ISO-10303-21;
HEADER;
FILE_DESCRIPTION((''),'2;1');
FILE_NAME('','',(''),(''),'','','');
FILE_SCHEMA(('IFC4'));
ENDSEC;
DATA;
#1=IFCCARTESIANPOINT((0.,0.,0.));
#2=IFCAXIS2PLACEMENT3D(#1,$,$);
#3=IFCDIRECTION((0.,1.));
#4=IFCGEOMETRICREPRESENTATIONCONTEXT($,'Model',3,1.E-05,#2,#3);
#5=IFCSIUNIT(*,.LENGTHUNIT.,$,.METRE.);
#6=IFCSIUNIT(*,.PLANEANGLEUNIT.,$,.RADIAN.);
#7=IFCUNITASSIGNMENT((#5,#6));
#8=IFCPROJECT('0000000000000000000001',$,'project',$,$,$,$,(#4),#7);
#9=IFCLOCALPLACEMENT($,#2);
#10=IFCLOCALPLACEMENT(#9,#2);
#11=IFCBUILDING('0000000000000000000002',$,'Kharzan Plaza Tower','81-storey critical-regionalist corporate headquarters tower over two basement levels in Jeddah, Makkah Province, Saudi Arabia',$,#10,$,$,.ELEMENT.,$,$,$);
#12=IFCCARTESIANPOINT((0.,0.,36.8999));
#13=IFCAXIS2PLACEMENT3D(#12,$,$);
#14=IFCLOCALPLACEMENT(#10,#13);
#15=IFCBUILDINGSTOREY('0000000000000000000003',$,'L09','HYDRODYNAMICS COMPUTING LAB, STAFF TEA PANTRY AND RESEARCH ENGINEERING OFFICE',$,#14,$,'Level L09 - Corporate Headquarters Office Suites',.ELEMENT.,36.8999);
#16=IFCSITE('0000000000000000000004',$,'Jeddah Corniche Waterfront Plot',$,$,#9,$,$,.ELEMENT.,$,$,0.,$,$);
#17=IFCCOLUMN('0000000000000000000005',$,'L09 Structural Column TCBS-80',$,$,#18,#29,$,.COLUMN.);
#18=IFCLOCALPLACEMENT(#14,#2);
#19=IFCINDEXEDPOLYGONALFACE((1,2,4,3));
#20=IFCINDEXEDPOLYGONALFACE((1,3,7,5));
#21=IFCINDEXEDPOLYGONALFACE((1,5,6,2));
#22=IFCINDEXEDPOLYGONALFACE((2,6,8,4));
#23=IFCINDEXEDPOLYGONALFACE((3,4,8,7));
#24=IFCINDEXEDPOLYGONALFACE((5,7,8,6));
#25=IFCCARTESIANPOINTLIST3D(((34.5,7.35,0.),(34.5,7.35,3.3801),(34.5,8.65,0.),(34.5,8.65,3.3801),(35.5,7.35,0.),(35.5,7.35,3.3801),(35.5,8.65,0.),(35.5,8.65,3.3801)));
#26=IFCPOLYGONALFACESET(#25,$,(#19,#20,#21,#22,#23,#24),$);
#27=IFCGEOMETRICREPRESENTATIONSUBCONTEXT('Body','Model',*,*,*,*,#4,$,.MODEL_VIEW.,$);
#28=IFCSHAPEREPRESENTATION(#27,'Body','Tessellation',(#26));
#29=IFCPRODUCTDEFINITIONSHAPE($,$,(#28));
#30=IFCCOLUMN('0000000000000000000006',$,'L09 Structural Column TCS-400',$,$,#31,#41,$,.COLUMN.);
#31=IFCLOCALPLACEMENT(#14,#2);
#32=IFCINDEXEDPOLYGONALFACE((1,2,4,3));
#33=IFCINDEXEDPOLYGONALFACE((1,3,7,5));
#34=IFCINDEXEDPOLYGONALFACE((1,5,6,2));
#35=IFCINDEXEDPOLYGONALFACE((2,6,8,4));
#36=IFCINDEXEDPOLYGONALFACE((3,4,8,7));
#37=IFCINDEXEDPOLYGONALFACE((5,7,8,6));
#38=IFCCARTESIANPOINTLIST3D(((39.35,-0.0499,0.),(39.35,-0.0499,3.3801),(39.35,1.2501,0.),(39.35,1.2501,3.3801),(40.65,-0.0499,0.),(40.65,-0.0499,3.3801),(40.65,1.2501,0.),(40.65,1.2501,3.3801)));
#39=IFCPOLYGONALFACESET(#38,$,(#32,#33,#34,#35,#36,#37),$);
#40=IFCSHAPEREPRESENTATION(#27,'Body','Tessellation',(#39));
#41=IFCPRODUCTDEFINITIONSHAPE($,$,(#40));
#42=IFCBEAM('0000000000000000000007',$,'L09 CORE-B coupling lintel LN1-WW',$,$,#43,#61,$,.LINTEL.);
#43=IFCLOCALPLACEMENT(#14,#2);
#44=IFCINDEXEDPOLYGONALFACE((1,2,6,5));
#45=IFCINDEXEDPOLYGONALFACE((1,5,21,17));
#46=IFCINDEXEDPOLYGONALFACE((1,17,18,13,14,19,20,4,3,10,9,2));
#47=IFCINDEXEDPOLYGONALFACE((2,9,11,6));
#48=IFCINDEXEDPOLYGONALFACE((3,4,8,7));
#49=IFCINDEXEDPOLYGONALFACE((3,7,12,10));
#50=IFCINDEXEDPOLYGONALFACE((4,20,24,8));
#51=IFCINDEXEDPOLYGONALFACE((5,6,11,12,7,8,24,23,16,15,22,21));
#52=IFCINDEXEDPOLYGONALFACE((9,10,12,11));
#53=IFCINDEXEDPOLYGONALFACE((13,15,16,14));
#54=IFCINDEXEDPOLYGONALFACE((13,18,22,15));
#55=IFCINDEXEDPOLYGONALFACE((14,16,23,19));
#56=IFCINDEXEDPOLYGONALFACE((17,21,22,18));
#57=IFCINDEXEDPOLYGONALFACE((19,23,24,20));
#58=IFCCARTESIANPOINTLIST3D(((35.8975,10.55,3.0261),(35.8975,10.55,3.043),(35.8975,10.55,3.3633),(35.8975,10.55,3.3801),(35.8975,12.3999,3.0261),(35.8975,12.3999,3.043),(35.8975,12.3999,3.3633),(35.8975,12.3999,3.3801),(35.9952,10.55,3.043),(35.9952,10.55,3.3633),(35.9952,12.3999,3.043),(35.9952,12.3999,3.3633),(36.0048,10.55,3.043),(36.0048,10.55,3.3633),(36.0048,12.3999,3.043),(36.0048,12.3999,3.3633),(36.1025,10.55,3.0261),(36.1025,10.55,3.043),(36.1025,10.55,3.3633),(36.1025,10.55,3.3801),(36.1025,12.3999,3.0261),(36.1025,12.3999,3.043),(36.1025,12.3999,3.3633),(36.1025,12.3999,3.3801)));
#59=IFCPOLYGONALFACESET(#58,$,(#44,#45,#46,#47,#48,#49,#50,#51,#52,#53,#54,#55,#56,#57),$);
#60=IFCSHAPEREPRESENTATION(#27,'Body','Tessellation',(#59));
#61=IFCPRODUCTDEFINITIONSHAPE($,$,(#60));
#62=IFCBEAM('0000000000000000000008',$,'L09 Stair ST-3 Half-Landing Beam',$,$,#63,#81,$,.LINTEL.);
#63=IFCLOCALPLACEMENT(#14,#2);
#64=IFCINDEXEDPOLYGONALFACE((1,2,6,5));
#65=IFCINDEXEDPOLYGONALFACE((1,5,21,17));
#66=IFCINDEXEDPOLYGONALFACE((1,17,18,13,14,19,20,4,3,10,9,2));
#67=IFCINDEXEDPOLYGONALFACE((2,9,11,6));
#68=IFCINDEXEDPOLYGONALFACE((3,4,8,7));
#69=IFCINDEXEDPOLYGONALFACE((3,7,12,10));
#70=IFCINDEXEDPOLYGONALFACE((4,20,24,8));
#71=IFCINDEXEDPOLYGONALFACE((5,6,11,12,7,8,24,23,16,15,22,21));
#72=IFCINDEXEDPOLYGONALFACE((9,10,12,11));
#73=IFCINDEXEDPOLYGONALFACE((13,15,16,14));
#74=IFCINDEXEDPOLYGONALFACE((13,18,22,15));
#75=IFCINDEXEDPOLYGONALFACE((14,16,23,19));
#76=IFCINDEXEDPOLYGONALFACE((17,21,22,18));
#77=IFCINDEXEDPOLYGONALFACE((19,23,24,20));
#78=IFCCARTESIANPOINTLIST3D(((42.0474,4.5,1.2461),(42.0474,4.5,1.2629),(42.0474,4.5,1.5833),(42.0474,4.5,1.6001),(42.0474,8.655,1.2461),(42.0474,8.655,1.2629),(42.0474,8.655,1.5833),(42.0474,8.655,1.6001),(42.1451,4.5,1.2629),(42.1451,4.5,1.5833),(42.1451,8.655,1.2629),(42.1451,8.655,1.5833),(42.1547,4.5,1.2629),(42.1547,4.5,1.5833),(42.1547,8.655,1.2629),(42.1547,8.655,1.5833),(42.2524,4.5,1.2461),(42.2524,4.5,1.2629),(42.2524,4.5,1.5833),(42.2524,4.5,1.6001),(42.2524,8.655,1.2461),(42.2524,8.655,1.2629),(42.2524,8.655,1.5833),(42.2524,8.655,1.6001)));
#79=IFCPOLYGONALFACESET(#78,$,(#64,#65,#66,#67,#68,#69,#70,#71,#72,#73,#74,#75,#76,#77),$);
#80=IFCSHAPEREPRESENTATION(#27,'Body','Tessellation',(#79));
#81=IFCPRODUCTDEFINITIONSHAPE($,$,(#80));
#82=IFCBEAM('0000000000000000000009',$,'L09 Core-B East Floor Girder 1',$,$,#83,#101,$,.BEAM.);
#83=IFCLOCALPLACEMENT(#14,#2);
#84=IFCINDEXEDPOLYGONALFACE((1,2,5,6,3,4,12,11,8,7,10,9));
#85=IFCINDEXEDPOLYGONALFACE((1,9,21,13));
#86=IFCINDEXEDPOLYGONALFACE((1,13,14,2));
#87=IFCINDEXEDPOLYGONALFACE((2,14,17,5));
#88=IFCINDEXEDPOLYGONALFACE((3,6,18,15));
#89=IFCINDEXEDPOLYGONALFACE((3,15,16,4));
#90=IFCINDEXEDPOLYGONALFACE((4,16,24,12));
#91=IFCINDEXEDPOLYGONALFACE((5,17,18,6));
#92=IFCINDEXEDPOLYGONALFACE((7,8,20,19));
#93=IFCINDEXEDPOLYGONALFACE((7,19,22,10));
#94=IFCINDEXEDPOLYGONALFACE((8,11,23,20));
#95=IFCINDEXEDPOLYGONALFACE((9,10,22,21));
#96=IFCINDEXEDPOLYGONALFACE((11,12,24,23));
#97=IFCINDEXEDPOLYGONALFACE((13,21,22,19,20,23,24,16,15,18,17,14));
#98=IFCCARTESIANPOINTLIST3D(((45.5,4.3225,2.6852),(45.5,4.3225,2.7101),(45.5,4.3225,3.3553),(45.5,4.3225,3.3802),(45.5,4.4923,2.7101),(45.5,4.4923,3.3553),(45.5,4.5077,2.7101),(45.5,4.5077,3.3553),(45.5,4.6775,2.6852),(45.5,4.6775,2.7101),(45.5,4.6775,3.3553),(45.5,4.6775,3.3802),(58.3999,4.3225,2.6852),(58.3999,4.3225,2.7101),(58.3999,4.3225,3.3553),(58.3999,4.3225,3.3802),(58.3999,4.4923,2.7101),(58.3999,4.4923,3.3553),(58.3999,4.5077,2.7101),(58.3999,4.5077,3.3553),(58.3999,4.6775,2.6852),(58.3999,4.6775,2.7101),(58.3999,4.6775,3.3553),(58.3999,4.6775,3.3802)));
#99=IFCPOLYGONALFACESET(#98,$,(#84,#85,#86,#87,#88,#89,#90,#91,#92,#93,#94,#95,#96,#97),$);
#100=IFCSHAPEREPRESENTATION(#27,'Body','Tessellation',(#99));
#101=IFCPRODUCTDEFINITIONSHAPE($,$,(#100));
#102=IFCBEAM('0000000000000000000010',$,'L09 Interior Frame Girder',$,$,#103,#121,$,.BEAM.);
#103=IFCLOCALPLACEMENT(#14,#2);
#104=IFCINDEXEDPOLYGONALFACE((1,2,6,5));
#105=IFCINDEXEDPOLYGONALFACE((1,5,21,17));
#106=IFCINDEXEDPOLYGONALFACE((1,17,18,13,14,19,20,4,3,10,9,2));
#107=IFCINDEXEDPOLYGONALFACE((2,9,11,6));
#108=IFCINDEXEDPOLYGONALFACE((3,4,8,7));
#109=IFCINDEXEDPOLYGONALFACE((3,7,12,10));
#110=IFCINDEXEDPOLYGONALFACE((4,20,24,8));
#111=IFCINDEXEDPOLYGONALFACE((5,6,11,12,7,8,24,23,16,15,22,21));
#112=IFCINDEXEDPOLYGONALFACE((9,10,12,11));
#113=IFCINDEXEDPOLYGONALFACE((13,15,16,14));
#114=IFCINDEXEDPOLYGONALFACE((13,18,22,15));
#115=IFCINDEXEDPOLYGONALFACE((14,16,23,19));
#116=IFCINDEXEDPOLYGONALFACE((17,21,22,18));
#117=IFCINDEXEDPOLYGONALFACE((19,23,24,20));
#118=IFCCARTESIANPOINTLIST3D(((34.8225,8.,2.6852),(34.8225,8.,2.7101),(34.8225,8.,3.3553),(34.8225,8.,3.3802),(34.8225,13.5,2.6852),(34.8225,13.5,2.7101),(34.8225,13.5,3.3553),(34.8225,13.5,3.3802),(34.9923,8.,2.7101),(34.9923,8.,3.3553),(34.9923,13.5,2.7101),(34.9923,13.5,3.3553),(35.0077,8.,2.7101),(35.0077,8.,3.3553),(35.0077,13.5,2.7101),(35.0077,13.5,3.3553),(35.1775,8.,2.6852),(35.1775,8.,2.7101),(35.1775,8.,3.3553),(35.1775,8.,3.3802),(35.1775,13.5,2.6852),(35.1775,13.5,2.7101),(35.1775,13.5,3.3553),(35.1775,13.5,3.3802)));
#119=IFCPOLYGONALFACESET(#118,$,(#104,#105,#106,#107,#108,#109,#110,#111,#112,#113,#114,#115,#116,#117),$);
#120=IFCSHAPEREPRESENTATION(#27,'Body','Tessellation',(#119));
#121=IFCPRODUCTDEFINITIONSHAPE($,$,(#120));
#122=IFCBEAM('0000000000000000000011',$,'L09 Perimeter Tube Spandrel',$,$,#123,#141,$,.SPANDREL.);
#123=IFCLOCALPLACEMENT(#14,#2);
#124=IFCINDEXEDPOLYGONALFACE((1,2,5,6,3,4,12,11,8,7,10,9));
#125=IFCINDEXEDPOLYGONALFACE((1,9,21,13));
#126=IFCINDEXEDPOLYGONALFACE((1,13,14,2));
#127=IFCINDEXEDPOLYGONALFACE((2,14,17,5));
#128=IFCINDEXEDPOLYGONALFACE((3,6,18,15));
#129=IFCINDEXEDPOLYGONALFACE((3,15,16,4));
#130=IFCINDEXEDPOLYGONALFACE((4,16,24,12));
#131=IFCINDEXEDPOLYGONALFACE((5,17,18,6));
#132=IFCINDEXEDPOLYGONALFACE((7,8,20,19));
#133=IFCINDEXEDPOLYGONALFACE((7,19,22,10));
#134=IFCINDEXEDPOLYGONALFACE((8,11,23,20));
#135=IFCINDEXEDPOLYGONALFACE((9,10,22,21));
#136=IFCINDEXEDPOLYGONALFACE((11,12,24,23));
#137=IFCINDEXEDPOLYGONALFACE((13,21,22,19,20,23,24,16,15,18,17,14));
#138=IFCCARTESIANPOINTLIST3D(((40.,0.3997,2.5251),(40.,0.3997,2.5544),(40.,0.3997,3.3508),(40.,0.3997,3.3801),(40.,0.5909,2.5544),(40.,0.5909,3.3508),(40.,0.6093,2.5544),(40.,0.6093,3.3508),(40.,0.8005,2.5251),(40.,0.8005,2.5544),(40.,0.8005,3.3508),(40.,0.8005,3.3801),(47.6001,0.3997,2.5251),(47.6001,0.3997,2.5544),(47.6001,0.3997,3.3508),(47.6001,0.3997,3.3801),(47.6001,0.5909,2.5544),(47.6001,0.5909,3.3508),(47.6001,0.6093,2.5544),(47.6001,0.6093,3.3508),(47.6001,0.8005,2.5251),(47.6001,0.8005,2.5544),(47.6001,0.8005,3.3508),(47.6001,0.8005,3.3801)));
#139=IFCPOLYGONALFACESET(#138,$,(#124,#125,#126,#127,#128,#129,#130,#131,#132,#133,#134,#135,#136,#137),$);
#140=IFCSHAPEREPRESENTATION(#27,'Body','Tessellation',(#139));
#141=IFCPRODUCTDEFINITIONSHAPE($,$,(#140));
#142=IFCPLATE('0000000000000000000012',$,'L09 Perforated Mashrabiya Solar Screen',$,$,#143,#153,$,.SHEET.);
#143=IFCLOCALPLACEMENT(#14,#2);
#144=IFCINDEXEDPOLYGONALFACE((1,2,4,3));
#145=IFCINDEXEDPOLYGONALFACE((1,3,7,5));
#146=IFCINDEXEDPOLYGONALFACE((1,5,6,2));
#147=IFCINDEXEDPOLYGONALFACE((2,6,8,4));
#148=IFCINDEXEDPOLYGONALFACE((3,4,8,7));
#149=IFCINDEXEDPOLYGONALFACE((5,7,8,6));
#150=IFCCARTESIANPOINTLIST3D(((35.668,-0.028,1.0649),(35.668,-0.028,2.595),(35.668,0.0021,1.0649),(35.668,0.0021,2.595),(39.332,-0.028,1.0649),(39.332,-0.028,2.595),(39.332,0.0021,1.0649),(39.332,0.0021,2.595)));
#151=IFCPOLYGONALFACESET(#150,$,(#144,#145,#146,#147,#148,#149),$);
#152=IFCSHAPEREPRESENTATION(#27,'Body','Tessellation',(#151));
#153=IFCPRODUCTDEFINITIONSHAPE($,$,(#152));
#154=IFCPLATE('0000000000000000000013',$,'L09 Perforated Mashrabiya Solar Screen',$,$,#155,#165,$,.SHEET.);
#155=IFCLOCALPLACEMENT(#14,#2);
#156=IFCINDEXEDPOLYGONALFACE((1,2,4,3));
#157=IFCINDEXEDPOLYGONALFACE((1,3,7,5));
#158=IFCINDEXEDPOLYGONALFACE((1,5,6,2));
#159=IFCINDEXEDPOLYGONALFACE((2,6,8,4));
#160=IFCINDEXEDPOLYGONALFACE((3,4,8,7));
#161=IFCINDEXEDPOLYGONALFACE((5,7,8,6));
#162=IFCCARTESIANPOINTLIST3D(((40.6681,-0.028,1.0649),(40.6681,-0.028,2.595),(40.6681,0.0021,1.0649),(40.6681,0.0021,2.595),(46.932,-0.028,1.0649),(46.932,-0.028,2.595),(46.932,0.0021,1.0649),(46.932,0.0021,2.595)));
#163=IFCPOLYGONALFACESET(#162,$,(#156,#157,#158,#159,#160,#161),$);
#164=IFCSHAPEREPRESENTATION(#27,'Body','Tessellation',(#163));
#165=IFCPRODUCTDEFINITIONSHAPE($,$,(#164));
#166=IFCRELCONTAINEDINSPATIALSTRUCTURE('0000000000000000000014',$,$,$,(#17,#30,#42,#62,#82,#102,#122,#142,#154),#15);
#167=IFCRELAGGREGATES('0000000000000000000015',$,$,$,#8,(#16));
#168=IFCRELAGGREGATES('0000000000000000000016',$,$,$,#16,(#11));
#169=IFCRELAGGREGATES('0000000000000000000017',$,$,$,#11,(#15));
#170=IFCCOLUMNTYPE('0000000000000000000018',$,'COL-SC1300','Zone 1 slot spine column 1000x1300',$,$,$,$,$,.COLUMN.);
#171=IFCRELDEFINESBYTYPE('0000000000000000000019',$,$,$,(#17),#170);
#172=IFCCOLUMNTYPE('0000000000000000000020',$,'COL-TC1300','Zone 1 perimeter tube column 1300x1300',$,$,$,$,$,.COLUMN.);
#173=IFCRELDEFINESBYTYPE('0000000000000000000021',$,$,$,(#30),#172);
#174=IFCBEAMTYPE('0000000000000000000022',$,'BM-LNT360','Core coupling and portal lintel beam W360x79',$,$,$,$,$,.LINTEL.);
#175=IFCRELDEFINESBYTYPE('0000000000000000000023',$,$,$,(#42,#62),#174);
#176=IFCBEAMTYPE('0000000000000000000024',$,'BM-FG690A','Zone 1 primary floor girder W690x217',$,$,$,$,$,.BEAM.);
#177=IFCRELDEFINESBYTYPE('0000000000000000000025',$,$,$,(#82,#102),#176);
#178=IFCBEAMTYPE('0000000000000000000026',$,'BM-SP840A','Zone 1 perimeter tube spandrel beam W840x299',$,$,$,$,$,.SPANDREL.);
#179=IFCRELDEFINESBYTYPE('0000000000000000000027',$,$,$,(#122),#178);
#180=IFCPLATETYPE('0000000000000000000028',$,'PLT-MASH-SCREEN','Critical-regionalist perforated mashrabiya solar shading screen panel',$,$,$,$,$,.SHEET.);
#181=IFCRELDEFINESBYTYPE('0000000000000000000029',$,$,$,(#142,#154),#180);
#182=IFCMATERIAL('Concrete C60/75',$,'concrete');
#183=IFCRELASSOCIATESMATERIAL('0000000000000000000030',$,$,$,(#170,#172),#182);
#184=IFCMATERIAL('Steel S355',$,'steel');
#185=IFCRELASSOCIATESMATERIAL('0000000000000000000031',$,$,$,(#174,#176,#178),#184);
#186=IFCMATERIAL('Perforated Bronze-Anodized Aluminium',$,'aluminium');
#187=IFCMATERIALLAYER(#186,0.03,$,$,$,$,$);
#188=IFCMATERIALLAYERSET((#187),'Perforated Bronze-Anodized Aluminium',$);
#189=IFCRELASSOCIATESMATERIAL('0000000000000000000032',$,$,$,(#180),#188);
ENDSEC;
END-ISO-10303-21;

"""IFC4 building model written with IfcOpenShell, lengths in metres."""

from ifc_helpers import new_model, si_unit, direction, frame, origin, origin_2d, place, context, subcontext, project, spatial, rectangle, i_section, extrude, source, transform, mapped, material, layer, layer_set, material_profile, profile_set, type_object, element, save


model = new_model("IFC4")

# Units and contexts
model_context = context("Model", 3, precision=1e-05, world=origin(), true_north=direction((0.0, 1.0)))
body_context = subcontext(model_context, "Body", "Model", "MODEL_VIEW")
ifc_project = project(units=[si_unit("LENGTHUNIT", "METRE"), si_unit("PLANEANGLEUNIT", "RADIAN")], contexts=[model_context])

# Site, building, storey
site_placement = place(None, origin())
site = spatial("IfcSite", under=ifc_project, at=site_placement, Name="Jeddah Corniche Waterfront Plot", CompositionType="ELEMENT", RefElevation=0.0)
building_placement = place(site_placement, origin())
building = spatial("IfcBuilding", under=site, at=building_placement, Name="Kharzan Plaza Tower", Description="81-storey critical-regionalist corporate headquarters tower over two basement levels in Jeddah, Makkah Province, Saudi Arabia", CompositionType="ELEMENT")
storey_placement = place(building_placement, frame((0.0, 0.0, 36.8999)))
storey = spatial("IfcBuildingStorey", under=building, at=storey_placement, Name="L09", Description="HYDRODYNAMICS COMPUTING LAB, STAFF TEA PANTRY AND RESEARCH ENGINEERING OFFICE", LongName="Level L09 - Corporate Headquarters Office Suites", CompositionType="ELEMENT", Elevation=36.8999)

# Columns
ifc_material_1 = material(Name="Concrete C60/75", Category="concrete")
ifc_material_profile_1 = material_profile(ifc_material_1, rectangle(XDim=1.0, YDim=1.3, at=origin_2d()), Name="RC-SC1300x1000")
ifc_profile_set_1 = profile_set([ifc_material_profile_1], Name="Concrete C60/75")
column_type_1 = type_object("IfcColumnType", Name="COL-SC1300", Description="Zone 1 slot spine column 1000x1300", PredefinedType="COLUMN", material=ifc_profile_set_1)
shared_shape_1 = source(origin(), body_context, "Body", "SweptSolid", [
    extrude(rectangle(XDim=1.0, YDim=1.3, at=origin_2d()), origin(), (0.0, 0.0, 1.0), 3.3801),
])
column_1_placement = place(storey_placement, frame((35.0, 8.0, 0.0), z_axis=(0.0, 0.0, 1.0), x_axis=(1.0, 0.0, 0.0)))
element("IfcColumn", 1, at=column_1_placement, inside=storey, type_object=column_type_1, Name="L09 Structural Column TCBS-80", PredefinedType="COLUMN", context=body_context, shape_type="MappedRepresentation", body=[
    mapped(shared_shape_1, transform((0.0, 0.0, 0.0), x_axis=(1.0, 0.0, 0.0), y_axis=(0.0, 1.0, 0.0), z_axis=(0.0, 0.0, 1.0))),
])
ifc_material_profile_2 = material_profile(ifc_material_1, rectangle(XDim=1.3, YDim=1.3, at=origin_2d()), Name="RC-TC1300x1300")
ifc_profile_set_2 = profile_set([ifc_material_profile_2], Name="Concrete C60/75")
column_type_2 = type_object("IfcColumnType", Name="COL-TC1300", Description="Zone 1 perimeter tube column 1300x1300", PredefinedType="COLUMN", material=ifc_profile_set_2)
shared_shape_2 = source(origin(), body_context, "Body", "SweptSolid", [
    extrude(rectangle(XDim=1.3, YDim=1.3, at=origin_2d()), origin(), (0.0, 0.0, 1.0), 3.3801),
])
column_2_placement = place(storey_placement, frame((40.0, 0.6001, 0.0), z_axis=(0.0, 0.0, 1.0), x_axis=(1.0, 0.0, 0.0)))
element("IfcColumn", 2, at=column_2_placement, inside=storey, type_object=column_type_2, Name="L09 Structural Column TCS-400", PredefinedType="COLUMN", context=body_context, shape_type="MappedRepresentation", body=[
    mapped(shared_shape_2, transform((0.0, 0.0, 0.0), x_axis=(1.0, 0.0, 0.0), y_axis=(0.0, 1.0, 0.0), z_axis=(0.0, 0.0, 1.0))),
])

# Beams
ifc_material_2 = material(Name="Steel S355", Category="steel")
ifc_material_profile_3 = material_profile(ifc_material_2, i_section(OverallWidth=0.2051, OverallDepth=0.354, WebThickness=0.0095, FlangeThickness=0.0168, at=origin_2d()), Name="W360x79")
ifc_profile_set_3 = profile_set([ifc_material_profile_3], Name="Steel S355")
beam_type_1 = type_object("IfcBeamType", Name="BM-LNT360", Description="Core coupling and portal lintel beam W360x79", PredefinedType="LINTEL", material=ifc_profile_set_3)
shared_shape_3 = source(origin(), body_context, "Body", "SweptSolid", [
    extrude(i_section(OverallWidth=0.2051, OverallDepth=0.354, WebThickness=0.0095, FlangeThickness=0.0168, at=origin_2d()), origin(), (0.0, 0.0, 1.0), 1.8499),
])
beam_1_placement = place(storey_placement, frame((36.0, 10.55, 3.2031), z_axis=(0.0, 1.0, 0.0), x_axis=(-1.0, 0.0, 0.0)))
element("IfcBeam", 3, at=beam_1_placement, inside=storey, type_object=beam_type_1, Name="L09 CORE-B coupling lintel LN1-WW", PredefinedType="LINTEL", context=body_context, shape_type="MappedRepresentation", body=[
    mapped(shared_shape_3, transform((0.0, 0.0, 0.0), x_axis=(1.0, 0.0, 0.0), y_axis=(0.0, 1.0, 0.0), z_axis=(0.0, 0.0, 1.0))),
])
shared_shape_4 = source(origin(), body_context, "Body", "SweptSolid", [
    extrude(i_section(OverallWidth=0.2051, OverallDepth=0.354, WebThickness=0.0095, FlangeThickness=0.0168, at=origin_2d()), origin(), (0.0, 0.0, 1.0), 4.155),
])
beam_2_placement = place(storey_placement, frame((42.1499, 4.5, 1.4231), z_axis=(0.0, 1.0, 0.0), x_axis=(-1.0, 0.0, 0.0)))
element("IfcBeam", 4, at=beam_2_placement, inside=storey, type_object=beam_type_1, Name="L09 Stair ST-3 Half-Landing Beam", PredefinedType="LINTEL", context=body_context, shape_type="MappedRepresentation", body=[
    mapped(shared_shape_4, transform((0.0, 0.0, 0.0), x_axis=(1.0, 0.0, 0.0), y_axis=(0.0, 1.0, 0.0), z_axis=(0.0, 0.0, 1.0))),
])
ifc_material_profile_4 = material_profile(ifc_material_2, i_section(OverallWidth=0.355, OverallDepth=0.6951, WebThickness=0.0154, FlangeThickness=0.0249, at=origin_2d()), Name="W690x217")
ifc_profile_set_4 = profile_set([ifc_material_profile_4], Name="Steel S355")
beam_type_2 = type_object("IfcBeamType", Name="BM-FG690A", Description="Zone 1 primary floor girder W690x217", PredefinedType="BEAM", material=ifc_profile_set_4)
shared_shape_5 = source(origin(), body_context, "Body", "SweptSolid", [
    extrude(i_section(OverallWidth=0.355, OverallDepth=0.6951, WebThickness=0.0154, FlangeThickness=0.0249, at=origin_2d()), origin(), (0.0, 0.0, 1.0), 12.8999),
])
beam_3_placement = place(storey_placement, frame((45.5, 4.5, 3.0327), z_axis=(1.0, 0.0, 0.0), x_axis=(0.0, 1.0, 0.0)))
element("IfcBeam", 5, at=beam_3_placement, inside=storey, type_object=beam_type_2, Name="L09 Core-B East Floor Girder 1", PredefinedType="BEAM", context=body_context, shape_type="MappedRepresentation", body=[
    mapped(shared_shape_5, transform((0.0, 0.0, 0.0), x_axis=(1.0, 0.0, 0.0), y_axis=(0.0, 1.0, 0.0), z_axis=(0.0, 0.0, 1.0))),
])
shared_shape_6 = source(origin(), body_context, "Body", "SweptSolid", [
    extrude(i_section(OverallWidth=0.355, OverallDepth=0.6951, WebThickness=0.0154, FlangeThickness=0.0249, at=origin_2d()), origin(), (0.0, 0.0, 1.0), 5.5),
])
beam_4_placement = place(storey_placement, frame((35.0, 8.0, 3.0327), z_axis=(0.0, 1.0, 0.0), x_axis=(-1.0, 0.0, 0.0)))
element("IfcBeam", 6, at=beam_4_placement, inside=storey, type_object=beam_type_2, Name="L09 Interior Frame Girder", PredefinedType="BEAM", context=body_context, shape_type="MappedRepresentation", body=[
    mapped(shared_shape_6, transform((0.0, 0.0, 0.0), x_axis=(1.0, 0.0, 0.0), y_axis=(0.0, 1.0, 0.0), z_axis=(0.0, 0.0, 1.0))),
])
ifc_material_profile_5 = material_profile(ifc_material_2, i_section(OverallWidth=0.4009, OverallDepth=0.855, WebThickness=0.0183, FlangeThickness=0.0293, at=origin_2d()), Name="W840x299")
ifc_profile_set_5 = profile_set([ifc_material_profile_5], Name="Steel S355")
beam_type_3 = type_object("IfcBeamType", Name="BM-SP840A", Description="Zone 1 perimeter tube spandrel beam W840x299", PredefinedType="SPANDREL", material=ifc_profile_set_5)
shared_shape_7 = source(origin(), body_context, "Body", "SweptSolid", [
    extrude(i_section(OverallWidth=0.4009, OverallDepth=0.855, WebThickness=0.0183, FlangeThickness=0.0293, at=origin_2d()), origin(), (0.0, 0.0, 1.0), 7.6001),
])
beam_5_placement = place(storey_placement, frame((40.0, 0.6001, 2.9526), z_axis=(1.0, 0.0, 0.0), x_axis=(0.0, 1.0, 0.0)))
element("IfcBeam", 7, at=beam_5_placement, inside=storey, type_object=beam_type_3, Name="L09 Perimeter Tube Spandrel", PredefinedType="SPANDREL", context=body_context, shape_type="MappedRepresentation", body=[
    mapped(shared_shape_7, transform((0.0, 0.0, 0.0), x_axis=(1.0, 0.0, 0.0), y_axis=(0.0, 1.0, 0.0), z_axis=(0.0, 0.0, 1.0))),
])

# Plates
ifc_material_3 = material(Name="Perforated Bronze-Anodized Aluminium", Category="aluminium")
ifc_layer_1 = layer(ifc_material_3, 0.03)
ifc_layer_set_1 = layer_set([ifc_layer_1], Name="Perforated Bronze-Anodized Aluminium")
plate_type = type_object("IfcPlateType", Name="PLT-MASH-SCREEN", Description="Critical-regionalist perforated mashrabiya solar shading screen panel", PredefinedType="SHEET", material=ifc_layer_set_1)
shared_shape_8 = source(origin(), body_context, "Body", "SweptSolid", [
    extrude(rectangle(XDim=3.6641, YDim=0.03, at=origin_2d()), origin(), (0.0, 0.0, 1.0), 1.53),
])
plate_1_placement = place(storey_placement, frame((37.5, -0.0129, 1.0649), z_axis=(0.0, 0.0, 1.0), x_axis=(1.0, 0.0, 0.0)))
element("IfcPlate", 8, at=plate_1_placement, inside=storey, type_object=plate_type, Name="L09 Perforated Mashrabiya Solar Screen", PredefinedType="SHEET", context=body_context, shape_type="MappedRepresentation", body=[
    mapped(shared_shape_8, transform((0.0, 0.0, 0.0), x_axis=(1.0, 0.0, 0.0), y_axis=(0.0, 1.0, 0.0), z_axis=(0.0, 0.0, 1.0))),
])
shared_shape_9 = source(origin(), body_context, "Body", "SweptSolid", [
    extrude(rectangle(XDim=6.2639, YDim=0.03, at=origin_2d()), origin(), (0.0, 0.0, 1.0), 1.53),
])
plate_2_placement = place(storey_placement, frame((43.8, -0.0129, 1.0649), z_axis=(0.0, 0.0, 1.0), x_axis=(1.0, 0.0, 0.0)))
element("IfcPlate", 9, at=plate_2_placement, inside=storey, type_object=plate_type, Name="L09 Perforated Mashrabiya Solar Screen", PredefinedType="SHEET", context=body_context, shape_type="MappedRepresentation", body=[
    mapped(shared_shape_9, transform((0.0, 0.0, 0.0), x_axis=(1.0, 0.0, 0.0), y_axis=(0.0, 1.0, 0.0), z_axis=(0.0, 0.0, 1.0))),
])

save(model, "model.ifc")
